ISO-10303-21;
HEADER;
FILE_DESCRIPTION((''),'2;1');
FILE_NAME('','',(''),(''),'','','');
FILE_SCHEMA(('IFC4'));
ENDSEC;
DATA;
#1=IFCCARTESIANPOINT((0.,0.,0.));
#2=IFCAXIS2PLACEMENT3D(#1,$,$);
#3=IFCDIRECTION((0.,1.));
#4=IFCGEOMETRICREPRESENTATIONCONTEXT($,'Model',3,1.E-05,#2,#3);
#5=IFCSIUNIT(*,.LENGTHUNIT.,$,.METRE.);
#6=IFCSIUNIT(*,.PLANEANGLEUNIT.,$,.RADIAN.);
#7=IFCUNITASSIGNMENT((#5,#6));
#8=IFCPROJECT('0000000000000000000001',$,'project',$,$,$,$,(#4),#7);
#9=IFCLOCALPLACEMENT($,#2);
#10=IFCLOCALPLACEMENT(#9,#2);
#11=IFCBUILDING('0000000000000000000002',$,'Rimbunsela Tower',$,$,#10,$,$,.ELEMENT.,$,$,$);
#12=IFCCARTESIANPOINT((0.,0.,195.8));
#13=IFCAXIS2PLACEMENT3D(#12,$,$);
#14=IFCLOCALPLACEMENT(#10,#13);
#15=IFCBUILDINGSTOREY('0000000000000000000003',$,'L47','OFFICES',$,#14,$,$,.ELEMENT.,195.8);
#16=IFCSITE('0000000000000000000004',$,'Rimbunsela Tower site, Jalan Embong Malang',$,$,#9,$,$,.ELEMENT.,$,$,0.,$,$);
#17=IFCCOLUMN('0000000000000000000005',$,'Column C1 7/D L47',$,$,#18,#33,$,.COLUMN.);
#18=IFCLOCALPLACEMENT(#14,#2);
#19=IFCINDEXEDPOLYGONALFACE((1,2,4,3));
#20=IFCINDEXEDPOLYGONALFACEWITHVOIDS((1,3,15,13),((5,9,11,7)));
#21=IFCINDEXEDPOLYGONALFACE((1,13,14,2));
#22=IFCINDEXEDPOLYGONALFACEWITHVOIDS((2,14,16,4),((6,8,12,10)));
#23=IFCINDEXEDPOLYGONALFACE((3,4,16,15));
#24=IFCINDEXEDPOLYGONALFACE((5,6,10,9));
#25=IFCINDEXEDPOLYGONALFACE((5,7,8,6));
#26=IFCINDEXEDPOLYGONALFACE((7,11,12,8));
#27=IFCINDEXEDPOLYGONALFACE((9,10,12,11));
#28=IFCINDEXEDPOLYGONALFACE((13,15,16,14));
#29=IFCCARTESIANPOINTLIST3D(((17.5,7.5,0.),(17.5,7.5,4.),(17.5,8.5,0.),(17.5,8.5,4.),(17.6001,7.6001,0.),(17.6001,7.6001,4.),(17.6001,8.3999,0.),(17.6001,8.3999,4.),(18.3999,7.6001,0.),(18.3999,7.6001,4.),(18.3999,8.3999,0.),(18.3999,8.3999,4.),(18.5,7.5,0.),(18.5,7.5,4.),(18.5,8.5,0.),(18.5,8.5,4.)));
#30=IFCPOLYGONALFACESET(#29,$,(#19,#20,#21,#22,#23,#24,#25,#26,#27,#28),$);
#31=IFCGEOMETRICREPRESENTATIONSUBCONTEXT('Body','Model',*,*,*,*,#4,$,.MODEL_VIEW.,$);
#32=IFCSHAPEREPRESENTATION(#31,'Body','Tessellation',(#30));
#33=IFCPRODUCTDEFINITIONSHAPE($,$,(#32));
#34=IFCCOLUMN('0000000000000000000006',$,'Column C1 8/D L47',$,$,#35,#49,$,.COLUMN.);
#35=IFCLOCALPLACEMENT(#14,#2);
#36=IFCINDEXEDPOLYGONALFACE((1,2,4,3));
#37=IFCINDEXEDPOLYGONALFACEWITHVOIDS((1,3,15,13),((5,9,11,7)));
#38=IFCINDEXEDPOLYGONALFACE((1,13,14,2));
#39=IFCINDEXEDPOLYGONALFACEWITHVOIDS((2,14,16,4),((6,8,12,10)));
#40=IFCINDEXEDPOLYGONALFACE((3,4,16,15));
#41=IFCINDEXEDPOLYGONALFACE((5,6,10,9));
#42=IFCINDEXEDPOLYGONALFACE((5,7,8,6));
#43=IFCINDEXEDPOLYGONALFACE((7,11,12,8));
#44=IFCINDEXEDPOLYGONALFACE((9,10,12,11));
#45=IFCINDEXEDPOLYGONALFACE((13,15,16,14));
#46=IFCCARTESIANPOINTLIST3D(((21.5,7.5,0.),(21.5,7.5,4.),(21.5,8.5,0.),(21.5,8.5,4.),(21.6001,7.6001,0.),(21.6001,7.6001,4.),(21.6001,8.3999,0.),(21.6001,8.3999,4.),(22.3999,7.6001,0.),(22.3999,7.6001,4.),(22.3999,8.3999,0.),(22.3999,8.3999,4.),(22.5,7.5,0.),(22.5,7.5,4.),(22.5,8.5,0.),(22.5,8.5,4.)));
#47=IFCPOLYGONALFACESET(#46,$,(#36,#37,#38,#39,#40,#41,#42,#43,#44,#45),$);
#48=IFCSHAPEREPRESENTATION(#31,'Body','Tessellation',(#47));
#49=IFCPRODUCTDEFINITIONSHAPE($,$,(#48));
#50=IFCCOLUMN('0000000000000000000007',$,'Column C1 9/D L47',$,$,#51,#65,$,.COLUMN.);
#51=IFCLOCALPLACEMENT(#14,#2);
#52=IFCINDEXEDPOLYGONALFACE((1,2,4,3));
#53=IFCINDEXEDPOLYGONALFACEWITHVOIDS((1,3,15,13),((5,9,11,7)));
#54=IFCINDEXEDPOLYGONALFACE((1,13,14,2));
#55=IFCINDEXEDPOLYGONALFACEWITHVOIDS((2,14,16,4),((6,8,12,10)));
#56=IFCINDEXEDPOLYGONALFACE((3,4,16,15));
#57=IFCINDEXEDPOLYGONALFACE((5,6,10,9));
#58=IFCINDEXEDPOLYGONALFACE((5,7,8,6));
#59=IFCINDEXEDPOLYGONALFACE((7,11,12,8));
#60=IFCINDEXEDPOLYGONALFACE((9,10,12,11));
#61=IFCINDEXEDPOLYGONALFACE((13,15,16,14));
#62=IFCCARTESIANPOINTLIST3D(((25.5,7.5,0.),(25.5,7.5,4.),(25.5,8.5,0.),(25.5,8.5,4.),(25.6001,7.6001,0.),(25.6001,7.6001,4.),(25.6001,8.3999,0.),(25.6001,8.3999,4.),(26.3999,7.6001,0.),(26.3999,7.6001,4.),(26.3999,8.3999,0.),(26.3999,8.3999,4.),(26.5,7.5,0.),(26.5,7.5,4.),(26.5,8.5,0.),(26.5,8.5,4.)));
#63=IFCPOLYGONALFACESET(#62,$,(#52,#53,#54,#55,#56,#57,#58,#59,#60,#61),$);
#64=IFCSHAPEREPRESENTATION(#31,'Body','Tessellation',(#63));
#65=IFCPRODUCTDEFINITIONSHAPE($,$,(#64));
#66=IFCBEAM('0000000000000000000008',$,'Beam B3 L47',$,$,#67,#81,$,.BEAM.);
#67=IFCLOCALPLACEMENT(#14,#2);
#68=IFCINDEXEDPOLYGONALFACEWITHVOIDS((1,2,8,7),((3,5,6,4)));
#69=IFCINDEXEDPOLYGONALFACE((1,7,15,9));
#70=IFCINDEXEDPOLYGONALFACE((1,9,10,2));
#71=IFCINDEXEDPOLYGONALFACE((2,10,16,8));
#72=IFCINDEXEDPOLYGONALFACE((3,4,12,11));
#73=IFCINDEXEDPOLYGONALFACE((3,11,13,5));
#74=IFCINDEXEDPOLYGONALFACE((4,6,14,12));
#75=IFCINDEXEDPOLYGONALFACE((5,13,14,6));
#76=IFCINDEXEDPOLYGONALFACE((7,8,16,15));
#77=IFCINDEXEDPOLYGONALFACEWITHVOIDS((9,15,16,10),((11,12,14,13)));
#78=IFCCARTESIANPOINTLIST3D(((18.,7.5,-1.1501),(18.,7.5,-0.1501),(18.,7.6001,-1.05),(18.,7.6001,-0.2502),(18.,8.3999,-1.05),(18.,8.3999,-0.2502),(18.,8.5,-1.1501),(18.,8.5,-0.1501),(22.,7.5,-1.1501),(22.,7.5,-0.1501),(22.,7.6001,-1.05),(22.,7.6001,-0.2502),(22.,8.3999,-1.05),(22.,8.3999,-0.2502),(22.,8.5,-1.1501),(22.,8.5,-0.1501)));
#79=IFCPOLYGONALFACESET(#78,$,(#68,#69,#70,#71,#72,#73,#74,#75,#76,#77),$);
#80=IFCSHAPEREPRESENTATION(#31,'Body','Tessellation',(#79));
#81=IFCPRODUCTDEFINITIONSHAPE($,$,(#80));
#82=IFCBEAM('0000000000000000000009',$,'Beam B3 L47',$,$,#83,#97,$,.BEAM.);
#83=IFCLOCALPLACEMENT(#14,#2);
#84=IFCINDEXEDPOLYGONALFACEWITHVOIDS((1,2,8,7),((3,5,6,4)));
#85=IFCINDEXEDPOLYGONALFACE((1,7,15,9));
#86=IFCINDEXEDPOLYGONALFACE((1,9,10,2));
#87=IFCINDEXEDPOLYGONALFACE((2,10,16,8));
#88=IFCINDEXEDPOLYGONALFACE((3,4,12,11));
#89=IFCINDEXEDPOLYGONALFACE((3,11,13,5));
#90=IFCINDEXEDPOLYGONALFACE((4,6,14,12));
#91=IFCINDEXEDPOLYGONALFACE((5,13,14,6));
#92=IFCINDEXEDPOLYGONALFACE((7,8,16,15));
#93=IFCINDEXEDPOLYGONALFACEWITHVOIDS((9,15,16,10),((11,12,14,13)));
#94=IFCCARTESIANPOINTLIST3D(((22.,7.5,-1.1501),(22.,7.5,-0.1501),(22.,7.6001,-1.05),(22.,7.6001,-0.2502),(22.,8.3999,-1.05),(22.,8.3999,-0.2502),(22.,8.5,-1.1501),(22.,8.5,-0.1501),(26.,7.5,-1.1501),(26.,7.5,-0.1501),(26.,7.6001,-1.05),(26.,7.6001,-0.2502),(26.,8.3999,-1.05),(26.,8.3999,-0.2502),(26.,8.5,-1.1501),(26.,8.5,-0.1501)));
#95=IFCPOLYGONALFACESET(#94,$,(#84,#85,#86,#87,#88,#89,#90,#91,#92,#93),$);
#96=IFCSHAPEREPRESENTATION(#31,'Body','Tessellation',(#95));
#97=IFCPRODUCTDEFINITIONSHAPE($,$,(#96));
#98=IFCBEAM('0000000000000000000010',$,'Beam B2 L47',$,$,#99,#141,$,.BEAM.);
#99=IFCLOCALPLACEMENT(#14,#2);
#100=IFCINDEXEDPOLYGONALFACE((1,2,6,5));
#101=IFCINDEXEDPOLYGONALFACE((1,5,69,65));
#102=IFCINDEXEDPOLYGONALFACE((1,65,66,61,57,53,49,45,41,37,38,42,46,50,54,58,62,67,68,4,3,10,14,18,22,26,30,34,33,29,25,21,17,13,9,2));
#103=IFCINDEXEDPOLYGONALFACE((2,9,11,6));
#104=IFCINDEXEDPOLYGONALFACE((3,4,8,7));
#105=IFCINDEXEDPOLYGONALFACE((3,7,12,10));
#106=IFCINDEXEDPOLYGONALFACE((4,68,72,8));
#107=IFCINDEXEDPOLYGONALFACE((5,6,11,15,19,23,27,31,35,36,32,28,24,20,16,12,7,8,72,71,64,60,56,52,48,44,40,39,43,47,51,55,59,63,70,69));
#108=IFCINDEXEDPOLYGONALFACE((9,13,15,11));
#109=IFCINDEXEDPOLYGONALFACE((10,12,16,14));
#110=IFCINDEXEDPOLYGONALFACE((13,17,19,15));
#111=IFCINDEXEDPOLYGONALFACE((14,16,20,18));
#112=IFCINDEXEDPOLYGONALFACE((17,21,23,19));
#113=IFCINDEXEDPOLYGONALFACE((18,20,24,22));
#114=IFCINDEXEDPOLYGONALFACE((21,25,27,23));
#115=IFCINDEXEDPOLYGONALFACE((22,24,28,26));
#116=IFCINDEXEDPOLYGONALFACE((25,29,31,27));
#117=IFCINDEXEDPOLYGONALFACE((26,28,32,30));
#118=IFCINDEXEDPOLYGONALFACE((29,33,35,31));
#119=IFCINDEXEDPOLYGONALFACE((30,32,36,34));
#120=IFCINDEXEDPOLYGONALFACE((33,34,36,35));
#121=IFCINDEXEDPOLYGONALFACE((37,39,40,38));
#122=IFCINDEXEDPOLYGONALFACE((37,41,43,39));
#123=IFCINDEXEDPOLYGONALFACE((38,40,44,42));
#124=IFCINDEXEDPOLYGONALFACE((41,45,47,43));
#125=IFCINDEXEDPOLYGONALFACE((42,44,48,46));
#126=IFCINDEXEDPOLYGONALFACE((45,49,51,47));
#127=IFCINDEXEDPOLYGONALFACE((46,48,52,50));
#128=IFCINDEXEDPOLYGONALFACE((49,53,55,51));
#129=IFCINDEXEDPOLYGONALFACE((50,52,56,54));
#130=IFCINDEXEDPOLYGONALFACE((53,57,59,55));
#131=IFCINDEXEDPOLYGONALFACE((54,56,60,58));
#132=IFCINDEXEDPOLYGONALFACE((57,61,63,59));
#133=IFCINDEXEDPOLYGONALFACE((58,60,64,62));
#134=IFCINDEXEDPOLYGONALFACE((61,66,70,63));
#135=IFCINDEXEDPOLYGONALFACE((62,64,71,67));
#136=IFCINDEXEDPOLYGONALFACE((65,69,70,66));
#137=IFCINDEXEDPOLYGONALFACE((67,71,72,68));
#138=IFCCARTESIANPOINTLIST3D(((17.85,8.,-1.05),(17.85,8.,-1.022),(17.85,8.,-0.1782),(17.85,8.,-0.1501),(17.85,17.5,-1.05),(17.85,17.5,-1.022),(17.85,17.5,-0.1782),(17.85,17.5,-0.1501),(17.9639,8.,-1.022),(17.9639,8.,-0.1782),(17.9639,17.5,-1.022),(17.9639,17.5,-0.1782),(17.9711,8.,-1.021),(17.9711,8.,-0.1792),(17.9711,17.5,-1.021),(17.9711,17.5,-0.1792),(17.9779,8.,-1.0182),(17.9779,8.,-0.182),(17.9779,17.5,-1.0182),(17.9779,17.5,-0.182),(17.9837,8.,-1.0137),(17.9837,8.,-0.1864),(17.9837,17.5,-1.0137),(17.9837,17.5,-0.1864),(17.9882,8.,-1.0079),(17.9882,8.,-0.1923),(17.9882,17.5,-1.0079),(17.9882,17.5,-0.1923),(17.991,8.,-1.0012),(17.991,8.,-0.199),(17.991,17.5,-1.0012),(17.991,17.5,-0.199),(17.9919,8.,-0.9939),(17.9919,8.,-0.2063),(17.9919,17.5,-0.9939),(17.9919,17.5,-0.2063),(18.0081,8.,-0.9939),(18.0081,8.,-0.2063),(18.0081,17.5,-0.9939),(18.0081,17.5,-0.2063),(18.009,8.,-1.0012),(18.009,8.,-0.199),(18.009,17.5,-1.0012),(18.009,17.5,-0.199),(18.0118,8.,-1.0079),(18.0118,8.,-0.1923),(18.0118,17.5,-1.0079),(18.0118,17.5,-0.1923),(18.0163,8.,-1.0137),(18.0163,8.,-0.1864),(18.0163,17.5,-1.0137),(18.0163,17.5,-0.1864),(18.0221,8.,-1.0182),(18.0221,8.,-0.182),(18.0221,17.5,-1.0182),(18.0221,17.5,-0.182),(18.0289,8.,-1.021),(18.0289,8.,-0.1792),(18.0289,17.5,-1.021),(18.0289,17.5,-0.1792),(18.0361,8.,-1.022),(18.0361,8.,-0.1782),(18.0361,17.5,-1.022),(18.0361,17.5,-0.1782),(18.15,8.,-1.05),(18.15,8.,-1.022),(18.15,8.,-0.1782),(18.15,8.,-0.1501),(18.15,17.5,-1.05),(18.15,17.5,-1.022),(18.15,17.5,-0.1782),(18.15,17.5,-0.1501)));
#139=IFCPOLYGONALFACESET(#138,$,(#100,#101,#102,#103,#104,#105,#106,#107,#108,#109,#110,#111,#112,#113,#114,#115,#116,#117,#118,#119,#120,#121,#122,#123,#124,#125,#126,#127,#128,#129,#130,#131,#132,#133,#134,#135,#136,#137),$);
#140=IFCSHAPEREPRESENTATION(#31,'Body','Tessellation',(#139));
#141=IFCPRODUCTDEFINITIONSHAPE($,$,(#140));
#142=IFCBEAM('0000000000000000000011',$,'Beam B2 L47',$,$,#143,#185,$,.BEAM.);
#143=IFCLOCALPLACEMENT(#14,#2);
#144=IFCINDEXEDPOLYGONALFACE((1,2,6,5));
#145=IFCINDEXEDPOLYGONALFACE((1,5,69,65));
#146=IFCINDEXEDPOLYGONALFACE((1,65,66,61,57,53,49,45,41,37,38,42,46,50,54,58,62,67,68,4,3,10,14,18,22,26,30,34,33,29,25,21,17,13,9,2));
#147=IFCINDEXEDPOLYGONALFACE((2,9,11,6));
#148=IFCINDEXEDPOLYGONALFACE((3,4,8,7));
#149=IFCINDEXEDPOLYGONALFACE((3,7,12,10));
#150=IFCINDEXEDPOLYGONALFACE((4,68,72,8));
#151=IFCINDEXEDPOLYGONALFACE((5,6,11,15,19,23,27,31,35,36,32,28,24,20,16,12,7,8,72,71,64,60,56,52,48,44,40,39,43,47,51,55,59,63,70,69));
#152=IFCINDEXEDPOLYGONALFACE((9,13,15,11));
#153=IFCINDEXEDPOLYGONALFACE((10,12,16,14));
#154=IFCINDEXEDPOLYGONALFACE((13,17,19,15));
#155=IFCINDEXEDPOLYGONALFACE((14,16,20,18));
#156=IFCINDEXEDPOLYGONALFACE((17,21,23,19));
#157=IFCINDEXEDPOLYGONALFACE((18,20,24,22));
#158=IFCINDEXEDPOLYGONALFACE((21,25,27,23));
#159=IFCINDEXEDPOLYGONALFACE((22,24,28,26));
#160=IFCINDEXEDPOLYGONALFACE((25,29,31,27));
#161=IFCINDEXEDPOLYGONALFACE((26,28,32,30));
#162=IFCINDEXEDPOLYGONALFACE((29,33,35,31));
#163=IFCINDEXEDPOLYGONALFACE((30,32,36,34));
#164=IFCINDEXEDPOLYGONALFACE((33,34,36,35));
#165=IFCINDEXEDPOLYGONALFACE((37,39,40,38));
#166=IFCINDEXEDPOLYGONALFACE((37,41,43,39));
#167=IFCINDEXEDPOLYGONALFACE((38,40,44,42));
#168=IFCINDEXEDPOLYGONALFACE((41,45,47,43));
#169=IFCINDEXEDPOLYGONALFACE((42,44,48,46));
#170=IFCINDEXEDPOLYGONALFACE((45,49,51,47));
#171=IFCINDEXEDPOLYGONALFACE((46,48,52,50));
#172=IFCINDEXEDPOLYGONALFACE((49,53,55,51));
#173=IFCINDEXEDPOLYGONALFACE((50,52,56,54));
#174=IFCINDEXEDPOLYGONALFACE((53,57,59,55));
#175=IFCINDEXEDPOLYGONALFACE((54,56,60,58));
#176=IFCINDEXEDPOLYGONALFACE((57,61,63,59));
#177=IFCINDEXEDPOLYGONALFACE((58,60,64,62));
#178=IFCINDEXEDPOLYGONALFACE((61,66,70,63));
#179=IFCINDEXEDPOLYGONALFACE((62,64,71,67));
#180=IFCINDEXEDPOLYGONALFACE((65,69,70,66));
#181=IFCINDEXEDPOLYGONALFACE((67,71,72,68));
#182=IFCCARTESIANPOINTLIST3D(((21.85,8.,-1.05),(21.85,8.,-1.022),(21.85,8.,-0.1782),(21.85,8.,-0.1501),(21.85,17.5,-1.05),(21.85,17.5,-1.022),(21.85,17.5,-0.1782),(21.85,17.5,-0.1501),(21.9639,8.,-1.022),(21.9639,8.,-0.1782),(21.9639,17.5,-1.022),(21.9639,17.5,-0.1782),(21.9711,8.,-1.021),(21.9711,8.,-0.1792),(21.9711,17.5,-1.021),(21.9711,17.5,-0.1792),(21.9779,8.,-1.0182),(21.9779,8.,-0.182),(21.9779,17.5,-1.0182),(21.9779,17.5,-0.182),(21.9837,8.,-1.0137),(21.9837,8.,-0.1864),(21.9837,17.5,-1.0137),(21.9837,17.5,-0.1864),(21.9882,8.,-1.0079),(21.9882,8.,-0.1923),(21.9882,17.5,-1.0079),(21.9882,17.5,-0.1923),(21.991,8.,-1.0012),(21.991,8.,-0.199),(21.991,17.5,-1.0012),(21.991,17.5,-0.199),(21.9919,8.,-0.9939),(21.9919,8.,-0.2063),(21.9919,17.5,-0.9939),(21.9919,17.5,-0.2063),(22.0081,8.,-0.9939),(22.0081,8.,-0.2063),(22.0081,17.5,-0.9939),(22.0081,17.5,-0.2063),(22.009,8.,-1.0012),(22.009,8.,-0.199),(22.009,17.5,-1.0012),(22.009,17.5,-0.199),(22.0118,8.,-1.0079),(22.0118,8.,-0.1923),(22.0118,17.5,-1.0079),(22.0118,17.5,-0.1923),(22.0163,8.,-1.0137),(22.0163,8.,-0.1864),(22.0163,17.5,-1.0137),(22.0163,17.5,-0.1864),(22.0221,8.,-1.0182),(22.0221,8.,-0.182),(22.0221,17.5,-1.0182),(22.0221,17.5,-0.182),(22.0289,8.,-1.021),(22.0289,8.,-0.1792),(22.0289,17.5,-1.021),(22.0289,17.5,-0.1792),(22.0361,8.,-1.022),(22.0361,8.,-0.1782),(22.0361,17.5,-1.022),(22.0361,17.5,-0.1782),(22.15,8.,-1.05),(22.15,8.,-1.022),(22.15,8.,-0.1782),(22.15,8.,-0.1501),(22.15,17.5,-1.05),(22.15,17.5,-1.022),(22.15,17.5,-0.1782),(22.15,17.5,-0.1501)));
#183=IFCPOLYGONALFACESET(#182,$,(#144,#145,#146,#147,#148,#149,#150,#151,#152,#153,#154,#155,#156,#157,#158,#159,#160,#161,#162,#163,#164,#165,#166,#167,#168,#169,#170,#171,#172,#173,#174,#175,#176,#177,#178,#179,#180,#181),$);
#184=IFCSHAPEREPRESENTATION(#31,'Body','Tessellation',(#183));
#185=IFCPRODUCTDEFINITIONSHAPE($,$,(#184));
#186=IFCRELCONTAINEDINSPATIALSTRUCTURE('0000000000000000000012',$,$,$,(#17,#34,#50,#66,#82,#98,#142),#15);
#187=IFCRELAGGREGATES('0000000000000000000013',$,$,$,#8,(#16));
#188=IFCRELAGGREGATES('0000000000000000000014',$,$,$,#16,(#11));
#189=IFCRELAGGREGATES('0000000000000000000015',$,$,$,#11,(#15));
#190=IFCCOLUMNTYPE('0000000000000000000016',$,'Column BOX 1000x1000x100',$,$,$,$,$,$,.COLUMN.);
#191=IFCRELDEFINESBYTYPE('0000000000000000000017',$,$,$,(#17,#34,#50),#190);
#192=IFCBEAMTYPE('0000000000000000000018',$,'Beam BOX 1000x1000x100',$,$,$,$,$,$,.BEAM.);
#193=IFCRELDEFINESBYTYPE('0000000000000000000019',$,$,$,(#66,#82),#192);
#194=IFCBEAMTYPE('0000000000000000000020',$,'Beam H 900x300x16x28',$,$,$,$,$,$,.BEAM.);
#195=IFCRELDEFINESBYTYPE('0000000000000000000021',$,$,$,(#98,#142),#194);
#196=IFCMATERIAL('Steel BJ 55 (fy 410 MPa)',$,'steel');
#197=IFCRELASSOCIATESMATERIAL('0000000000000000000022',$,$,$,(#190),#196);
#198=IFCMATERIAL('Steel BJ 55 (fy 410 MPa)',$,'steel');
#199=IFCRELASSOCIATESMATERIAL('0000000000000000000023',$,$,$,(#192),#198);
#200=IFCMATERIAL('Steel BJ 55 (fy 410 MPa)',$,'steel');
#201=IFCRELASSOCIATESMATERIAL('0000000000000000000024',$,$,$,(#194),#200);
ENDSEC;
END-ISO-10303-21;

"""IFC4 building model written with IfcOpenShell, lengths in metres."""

from ifc_helpers import new_model, si_unit, direction, frame, origin, origin_2d, place, context, subcontext, project, spatial, hollow_rectangle, i_section, extrude, material, material_profile, profile_set, type_object, element, save


model = new_model("IFC4")

# Units and contexts
model_context = context("Model", 3, precision=1e-05, world=origin(), true_north=direction((0.0, 1.0)))
body_context = subcontext(model_context, "Body", "Model", "MODEL_VIEW")
ifc_project = project(units=[si_unit("LENGTHUNIT", "METRE"), si_unit("PLANEANGLEUNIT", "RADIAN")], contexts=[model_context])

# Site, building, storey
site_placement = place(None, origin())
site = spatial("IfcSite", under=ifc_project, at=site_placement, Name="Rimbunsela Tower site, Jalan Embong Malang", CompositionType="ELEMENT", RefElevation=0.0)
building_placement = place(site_placement, origin())
building = spatial("IfcBuilding", under=site, at=building_placement, Name="Rimbunsela Tower", CompositionType="ELEMENT")
storey_placement = place(building_placement, frame((0.0, 0.0, 195.8)))
storey = spatial("IfcBuildingStorey", under=building, at=storey_placement, Name="L47", Description="OFFICES", CompositionType="ELEMENT", Elevation=195.8)

# Columns
ifc_material_1 = material(Name="Steel BJ 55 (fy 410 MPa)", Category="steel")
ifc_material_profile_1 = material_profile(ifc_material_1, hollow_rectangle(XDim=1.0, YDim=1.0, WallThickness=0.1001, at=origin_2d()), Name="BOX 1000x1000x100")
ifc_profile_set_1 = profile_set([ifc_material_profile_1], Name="Steel BJ 55 (fy 410 MPa)")
column_type = type_object("IfcColumnType", Name="Column BOX 1000x1000x100", PredefinedType="COLUMN", material=ifc_profile_set_1)
for number, where, z_axis, x_axis, name in (
    (1, (18.0, 8.0, 0.0), (0.0, 0.0, 1.0), (1.0, 0.0, 0.0), "Column C1 7/D L47"),
    (2, (22.0, 8.0, 0.0), (0.0, 0.0, 1.0), (1.0, 0.0, 0.0), "Column C1 8/D L47"),
    (3, (26.0, 8.0, 0.0), (0.0, 0.0, 1.0), (1.0, 0.0, 0.0), "Column C1 9/D L47"),
):
    element("IfcColumn", number, at=place(storey_placement, frame(where, z_axis=z_axis, x_axis=x_axis)), inside=storey, type_object=column_type, Name=name, PredefinedType="COLUMN", context=body_context, shape_type="SweptSolid", body=[
        extrude(hollow_rectangle(XDim=1.0, YDim=1.0, WallThickness=0.1001, at=origin_2d()), origin(), (0.0, 0.0, 1.0), 4.0),
    ])

# Beams
ifc_material_2 = material(Name="Steel BJ 55 (fy 410 MPa)", Category="steel")
ifc_material_profile_2 = material_profile(ifc_material_2, hollow_rectangle(XDim=1.0, YDim=1.0, WallThickness=0.1001, at=origin_2d()), Name="BOX 1000x1000x100")
ifc_profile_set_2 = profile_set([ifc_material_profile_2], Name="Steel BJ 55 (fy 410 MPa)")
beam_type_1 = type_object("IfcBeamType", Name="Beam BOX 1000x1000x100", PredefinedType="BEAM", material=ifc_profile_set_2)
for number, where, z_axis, x_axis, name in (
    (4, (18.0, 8.0, -0.6501), (1.0, 0.0, 0.0), (0.0, 1.0, 0.0), "Beam B3 L47"),
    (5, (22.0, 8.0, -0.6501), (1.0, 0.0, 0.0), (0.0, 1.0, 0.0), "Beam B3 L47"),
):
    element("IfcBeam", number, at=place(storey_placement, frame(where, z_axis=z_axis, x_axis=x_axis)), inside=storey, type_object=beam_type_1, Name=name, PredefinedType="BEAM", context=body_context, shape_type="SweptSolid", body=[
        extrude(hollow_rectangle(XDim=1.0, YDim=1.0, WallThickness=0.1001, at=origin_2d()), origin(), (0.0, 0.0, 1.0), 4.0),
    ])
ifc_material_3 = material(Name="Steel BJ 55 (fy 410 MPa)", Category="steel")
ifc_material_profile_3 = material_profile(ifc_material_3, i_section(OverallWidth=0.3, OverallDepth=0.8999, WebThickness=0.0161, FlangeThickness=0.0281, FilletRadius=0.0281, at=origin_2d()), Name="H 900x300x16x28")
ifc_profile_set_3 = profile_set([ifc_material_profile_3], Name="Steel BJ 55 (fy 410 MPa)")
beam_type_2 = type_object("IfcBeamType", Name="Beam H 900x300x16x28", PredefinedType="BEAM", material=ifc_profile_set_3)
for number, where, z_axis, x_axis, name in (
    (6, (18.0, 8.0, -0.6001), (0.0, 1.0, 0.0), (-1.0, 0.0, 0.0), "Beam B2 L47"),
    (7, (22.0, 8.0, -0.6001), (0.0, 1.0, 0.0), (-1.0, 0.0, 0.0), "Beam B2 L47"),
):
    element("IfcBeam", number, at=place(storey_placement, frame(where, z_axis=z_axis, x_axis=x_axis)), inside=storey, type_object=beam_type_2, Name=name, PredefinedType="BEAM", context=body_context, shape_type="SweptSolid", body=[
        extrude(i_section(OverallWidth=0.3, OverallDepth=0.8999, WebThickness=0.0161, FlangeThickness=0.0281, FilletRadius=0.0281, at=origin_2d()), origin(), (0.0, 0.0, 1.0), 9.5),
    ])

save(model, "model.ifc")
